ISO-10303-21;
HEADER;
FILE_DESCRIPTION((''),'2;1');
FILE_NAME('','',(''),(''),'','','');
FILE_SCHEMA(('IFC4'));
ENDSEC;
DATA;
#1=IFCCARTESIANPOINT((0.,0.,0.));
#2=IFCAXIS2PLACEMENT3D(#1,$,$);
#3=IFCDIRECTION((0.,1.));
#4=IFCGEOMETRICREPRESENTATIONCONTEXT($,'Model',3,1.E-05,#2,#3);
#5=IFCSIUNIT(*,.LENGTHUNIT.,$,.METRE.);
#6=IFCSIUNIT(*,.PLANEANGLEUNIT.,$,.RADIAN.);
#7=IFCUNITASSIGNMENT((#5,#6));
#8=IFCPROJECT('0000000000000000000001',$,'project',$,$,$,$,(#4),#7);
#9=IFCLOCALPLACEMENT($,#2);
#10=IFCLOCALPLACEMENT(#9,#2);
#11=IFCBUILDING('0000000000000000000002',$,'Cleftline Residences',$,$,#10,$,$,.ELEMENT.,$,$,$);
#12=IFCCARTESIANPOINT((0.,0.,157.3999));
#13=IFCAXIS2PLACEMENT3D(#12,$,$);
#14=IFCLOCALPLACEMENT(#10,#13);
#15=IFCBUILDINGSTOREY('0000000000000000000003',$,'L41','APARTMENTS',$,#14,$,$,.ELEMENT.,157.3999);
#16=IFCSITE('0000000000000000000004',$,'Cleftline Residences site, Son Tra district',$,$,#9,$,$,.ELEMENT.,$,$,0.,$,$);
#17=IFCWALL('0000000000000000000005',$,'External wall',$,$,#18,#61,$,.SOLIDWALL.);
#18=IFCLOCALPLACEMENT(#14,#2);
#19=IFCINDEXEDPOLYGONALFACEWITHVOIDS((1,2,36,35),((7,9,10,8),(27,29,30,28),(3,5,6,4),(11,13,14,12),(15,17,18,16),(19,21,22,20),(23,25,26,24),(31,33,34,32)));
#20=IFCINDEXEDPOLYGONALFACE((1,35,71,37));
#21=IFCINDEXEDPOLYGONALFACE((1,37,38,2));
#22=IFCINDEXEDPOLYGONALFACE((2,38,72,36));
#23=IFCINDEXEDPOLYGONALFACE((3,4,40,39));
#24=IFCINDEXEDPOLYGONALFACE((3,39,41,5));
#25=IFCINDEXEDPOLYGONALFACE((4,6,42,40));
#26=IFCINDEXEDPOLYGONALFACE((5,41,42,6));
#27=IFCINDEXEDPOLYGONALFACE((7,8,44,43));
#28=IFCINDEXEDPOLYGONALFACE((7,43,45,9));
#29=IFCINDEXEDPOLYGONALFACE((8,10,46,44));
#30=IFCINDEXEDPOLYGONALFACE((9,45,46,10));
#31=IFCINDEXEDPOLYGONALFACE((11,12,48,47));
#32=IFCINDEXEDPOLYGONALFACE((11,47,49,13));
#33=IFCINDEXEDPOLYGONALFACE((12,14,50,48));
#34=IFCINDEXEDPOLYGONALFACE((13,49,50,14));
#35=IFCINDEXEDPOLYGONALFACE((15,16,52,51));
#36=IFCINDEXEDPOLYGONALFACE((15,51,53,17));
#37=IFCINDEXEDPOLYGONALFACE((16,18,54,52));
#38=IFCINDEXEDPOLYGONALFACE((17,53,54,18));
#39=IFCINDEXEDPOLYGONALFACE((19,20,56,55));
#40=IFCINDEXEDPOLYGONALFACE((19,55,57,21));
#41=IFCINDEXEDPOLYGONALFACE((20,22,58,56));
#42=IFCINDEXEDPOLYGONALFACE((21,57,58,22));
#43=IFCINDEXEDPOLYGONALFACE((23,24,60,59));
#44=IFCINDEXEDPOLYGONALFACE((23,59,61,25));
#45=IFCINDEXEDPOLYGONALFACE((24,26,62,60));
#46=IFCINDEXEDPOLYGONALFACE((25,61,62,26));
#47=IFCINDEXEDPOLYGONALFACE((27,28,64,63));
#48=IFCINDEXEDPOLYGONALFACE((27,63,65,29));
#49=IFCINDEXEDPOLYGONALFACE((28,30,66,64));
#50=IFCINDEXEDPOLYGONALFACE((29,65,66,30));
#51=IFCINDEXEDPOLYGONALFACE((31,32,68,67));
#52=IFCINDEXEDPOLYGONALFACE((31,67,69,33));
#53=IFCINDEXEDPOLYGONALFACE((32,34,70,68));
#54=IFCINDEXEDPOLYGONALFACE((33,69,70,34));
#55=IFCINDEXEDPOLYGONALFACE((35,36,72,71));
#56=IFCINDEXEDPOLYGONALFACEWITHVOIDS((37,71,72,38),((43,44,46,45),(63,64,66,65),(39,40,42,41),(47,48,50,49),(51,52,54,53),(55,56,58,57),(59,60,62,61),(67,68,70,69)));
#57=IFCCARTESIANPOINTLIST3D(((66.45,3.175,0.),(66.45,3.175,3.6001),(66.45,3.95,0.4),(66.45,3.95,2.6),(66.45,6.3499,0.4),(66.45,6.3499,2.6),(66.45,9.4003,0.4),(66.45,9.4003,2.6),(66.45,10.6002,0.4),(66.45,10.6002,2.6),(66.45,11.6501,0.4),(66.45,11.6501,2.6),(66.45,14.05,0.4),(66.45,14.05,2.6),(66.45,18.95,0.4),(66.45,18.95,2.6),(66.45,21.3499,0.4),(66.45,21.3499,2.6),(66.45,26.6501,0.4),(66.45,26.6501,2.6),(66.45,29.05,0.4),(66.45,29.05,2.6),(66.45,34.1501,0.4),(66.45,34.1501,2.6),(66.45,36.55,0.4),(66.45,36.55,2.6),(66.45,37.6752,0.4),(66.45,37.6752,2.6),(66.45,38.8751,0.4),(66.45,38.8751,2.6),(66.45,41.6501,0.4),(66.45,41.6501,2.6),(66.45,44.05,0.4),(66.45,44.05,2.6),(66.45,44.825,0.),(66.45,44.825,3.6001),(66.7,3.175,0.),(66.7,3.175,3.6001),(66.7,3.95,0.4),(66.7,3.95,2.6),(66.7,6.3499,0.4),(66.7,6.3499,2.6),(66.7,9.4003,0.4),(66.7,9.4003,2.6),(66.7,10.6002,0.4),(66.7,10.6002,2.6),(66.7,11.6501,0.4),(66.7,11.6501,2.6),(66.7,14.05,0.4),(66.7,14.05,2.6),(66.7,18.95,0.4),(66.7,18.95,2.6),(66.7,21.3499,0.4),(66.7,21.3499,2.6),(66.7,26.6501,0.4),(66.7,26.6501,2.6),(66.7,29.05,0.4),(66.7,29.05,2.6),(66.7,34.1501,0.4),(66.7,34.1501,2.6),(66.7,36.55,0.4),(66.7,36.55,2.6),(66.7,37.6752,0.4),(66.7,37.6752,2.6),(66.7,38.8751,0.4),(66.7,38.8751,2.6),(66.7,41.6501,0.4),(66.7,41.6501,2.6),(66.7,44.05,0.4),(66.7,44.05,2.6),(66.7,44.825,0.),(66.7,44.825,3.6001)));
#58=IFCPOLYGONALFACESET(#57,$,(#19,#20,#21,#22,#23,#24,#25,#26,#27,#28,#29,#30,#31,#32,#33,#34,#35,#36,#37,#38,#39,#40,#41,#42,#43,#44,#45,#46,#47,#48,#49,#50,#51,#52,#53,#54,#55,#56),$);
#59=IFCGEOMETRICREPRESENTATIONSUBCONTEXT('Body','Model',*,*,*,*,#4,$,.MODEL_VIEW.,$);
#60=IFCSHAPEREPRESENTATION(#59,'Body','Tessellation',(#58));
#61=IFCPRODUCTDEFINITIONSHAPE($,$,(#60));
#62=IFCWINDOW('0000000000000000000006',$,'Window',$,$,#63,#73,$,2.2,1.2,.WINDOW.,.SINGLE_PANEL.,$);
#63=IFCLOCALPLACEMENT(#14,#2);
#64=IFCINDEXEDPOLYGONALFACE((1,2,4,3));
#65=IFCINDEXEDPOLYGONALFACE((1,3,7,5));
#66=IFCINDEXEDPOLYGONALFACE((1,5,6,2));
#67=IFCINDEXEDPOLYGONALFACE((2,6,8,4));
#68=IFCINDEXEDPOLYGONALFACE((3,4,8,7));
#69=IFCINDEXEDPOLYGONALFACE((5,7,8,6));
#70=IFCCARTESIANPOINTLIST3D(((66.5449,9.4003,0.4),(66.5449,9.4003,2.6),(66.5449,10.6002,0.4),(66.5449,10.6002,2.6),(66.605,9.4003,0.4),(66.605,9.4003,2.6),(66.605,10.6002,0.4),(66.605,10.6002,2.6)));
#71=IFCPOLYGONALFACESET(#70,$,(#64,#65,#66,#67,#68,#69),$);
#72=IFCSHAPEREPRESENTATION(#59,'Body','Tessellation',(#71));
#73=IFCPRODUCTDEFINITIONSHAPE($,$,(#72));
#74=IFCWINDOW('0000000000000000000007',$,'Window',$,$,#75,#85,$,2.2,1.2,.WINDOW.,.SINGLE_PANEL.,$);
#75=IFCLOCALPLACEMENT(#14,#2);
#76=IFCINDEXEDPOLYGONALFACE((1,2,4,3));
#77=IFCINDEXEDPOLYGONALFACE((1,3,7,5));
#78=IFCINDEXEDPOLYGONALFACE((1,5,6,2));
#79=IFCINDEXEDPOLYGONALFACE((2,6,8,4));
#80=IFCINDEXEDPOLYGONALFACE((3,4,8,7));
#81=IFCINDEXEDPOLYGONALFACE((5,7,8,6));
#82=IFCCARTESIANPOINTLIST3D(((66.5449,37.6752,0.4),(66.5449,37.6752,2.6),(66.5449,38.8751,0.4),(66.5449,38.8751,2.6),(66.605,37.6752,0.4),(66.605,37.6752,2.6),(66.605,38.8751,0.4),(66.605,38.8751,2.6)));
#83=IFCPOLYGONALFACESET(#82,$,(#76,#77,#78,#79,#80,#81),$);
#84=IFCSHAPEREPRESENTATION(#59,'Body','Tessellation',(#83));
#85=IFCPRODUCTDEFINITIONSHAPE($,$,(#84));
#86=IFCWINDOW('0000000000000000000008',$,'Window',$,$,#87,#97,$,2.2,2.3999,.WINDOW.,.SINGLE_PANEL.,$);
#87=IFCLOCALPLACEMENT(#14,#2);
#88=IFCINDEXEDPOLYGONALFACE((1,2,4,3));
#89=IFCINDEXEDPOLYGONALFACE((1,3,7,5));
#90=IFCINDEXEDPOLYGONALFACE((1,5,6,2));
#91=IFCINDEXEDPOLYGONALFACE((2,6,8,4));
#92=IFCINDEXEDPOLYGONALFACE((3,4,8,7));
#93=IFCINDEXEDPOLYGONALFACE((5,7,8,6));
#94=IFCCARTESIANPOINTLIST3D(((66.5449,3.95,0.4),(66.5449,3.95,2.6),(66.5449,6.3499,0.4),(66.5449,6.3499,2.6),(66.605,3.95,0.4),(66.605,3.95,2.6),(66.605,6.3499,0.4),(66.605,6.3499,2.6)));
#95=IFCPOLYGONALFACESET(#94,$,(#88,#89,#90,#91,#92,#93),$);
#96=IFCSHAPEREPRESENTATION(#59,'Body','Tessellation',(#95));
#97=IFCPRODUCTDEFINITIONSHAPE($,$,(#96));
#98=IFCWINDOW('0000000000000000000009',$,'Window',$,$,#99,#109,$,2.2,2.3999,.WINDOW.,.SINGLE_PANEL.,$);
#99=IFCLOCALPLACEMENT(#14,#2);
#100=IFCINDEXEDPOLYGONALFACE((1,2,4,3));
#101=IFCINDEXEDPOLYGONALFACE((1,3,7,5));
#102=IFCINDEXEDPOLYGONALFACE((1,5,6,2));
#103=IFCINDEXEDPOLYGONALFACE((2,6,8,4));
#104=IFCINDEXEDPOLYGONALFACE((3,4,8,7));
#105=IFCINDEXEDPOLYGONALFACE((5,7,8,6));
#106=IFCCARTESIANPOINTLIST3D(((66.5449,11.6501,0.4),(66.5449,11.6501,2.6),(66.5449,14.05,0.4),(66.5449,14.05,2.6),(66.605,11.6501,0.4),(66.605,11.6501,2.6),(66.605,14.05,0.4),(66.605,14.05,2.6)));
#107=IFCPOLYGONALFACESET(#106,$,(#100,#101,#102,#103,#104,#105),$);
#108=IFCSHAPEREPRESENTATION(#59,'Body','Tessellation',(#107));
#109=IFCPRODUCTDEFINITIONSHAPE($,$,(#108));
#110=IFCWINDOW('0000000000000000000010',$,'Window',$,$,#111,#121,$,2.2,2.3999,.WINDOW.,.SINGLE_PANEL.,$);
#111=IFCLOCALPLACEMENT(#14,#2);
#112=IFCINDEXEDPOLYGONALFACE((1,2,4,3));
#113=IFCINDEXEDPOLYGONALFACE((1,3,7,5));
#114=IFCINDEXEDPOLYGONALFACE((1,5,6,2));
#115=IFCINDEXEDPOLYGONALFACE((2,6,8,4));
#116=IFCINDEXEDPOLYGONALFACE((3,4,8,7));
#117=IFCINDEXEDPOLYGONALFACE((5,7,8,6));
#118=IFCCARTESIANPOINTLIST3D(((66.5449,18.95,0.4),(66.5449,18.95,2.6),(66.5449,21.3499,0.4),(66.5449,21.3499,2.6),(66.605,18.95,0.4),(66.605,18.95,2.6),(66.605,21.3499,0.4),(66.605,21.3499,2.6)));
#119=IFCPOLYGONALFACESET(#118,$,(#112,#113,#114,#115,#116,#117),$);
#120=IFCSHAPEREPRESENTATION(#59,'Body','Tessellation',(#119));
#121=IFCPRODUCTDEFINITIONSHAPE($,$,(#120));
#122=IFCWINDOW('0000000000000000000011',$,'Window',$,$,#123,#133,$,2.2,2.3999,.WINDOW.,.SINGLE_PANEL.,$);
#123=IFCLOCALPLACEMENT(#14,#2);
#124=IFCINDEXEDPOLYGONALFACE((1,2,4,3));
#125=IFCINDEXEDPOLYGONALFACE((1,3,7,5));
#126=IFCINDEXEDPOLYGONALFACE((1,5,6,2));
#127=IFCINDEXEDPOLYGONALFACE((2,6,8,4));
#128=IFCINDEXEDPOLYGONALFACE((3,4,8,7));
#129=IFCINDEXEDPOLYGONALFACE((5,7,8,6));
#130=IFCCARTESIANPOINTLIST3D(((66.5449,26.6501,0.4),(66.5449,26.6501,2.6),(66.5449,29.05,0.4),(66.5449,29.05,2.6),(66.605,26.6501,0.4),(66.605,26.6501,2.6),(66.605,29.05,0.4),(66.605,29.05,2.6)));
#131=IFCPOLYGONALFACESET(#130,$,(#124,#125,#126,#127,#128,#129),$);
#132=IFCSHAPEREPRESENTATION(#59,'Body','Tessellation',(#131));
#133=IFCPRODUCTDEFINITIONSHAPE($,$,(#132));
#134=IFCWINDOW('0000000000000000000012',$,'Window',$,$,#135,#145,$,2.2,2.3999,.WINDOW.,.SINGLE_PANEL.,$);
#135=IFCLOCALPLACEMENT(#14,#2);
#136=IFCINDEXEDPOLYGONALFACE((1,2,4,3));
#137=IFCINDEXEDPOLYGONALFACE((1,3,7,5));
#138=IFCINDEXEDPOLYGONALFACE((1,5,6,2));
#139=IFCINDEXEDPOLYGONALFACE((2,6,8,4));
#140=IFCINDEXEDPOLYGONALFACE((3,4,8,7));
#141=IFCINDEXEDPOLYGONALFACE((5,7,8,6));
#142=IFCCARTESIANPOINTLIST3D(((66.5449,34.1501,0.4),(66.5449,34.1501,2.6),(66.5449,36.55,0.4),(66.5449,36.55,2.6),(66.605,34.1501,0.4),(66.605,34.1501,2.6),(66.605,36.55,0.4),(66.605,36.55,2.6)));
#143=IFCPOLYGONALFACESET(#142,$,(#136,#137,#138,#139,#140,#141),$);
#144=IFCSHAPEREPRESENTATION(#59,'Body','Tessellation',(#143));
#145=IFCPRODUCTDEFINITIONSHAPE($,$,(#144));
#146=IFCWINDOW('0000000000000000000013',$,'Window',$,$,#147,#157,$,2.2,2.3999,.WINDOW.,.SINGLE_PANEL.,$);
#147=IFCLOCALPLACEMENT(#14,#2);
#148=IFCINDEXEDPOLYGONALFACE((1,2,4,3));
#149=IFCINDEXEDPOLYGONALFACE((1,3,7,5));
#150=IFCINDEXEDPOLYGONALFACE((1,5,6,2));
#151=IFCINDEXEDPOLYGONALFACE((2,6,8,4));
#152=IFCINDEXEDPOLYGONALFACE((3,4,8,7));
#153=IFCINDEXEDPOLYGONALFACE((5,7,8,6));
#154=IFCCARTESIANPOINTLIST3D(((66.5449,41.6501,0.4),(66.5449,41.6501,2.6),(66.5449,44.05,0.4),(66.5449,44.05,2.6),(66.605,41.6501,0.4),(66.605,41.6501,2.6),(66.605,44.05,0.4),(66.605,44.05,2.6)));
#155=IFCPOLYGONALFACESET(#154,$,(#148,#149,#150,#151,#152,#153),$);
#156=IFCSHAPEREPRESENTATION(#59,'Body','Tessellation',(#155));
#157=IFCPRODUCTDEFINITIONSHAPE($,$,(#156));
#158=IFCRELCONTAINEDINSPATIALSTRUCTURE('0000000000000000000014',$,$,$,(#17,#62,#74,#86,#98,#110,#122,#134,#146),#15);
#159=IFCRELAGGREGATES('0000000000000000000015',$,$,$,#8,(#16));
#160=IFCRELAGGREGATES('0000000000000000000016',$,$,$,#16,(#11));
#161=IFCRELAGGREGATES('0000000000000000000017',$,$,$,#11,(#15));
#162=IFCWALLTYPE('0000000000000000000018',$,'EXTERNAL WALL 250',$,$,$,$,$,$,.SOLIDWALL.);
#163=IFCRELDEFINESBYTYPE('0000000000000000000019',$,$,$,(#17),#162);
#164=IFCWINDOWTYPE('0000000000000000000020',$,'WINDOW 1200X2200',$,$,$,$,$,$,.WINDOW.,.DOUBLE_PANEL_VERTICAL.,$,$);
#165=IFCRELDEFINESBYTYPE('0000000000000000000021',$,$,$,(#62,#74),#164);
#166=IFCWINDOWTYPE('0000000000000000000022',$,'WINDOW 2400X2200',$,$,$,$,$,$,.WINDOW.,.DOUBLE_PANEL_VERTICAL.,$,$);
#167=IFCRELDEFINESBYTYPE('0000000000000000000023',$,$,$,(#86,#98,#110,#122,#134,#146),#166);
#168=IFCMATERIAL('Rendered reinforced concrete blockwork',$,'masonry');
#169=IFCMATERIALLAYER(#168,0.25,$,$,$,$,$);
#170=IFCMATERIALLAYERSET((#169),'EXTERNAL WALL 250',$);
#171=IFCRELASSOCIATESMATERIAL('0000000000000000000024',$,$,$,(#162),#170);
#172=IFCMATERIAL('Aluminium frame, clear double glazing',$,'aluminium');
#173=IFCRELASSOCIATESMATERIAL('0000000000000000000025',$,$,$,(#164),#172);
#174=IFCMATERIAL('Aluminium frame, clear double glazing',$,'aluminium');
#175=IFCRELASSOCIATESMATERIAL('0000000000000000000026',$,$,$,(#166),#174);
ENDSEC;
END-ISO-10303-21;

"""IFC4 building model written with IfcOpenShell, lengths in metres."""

from ifc_helpers import new_model, si_unit, direction, frame, frame_2d, origin, place, context, subcontext, project, spatial, rectangle, extrude, material, layer, layer_set, type_object, element, fill, save


model = new_model("IFC4")

# Units and contexts
model_context = context("Model", 3, precision=1e-05, world=origin(), true_north=direction((0.0, 1.0)))
body_context = subcontext(model_context, "Body", "Model", "MODEL_VIEW")
ifc_project = project(units=[si_unit("LENGTHUNIT", "METRE"), si_unit("PLANEANGLEUNIT", "RADIAN")], contexts=[model_context])

# Site, building, storey
site_placement = place(None, origin())
site = spatial("IfcSite", under=ifc_project, at=site_placement, Name="Cleftline Residences site, Son Tra district", CompositionType="ELEMENT", RefElevation=0.0)
building_placement = place(site_placement, origin())
building = spatial("IfcBuilding", under=site, at=building_placement, Name="Cleftline Residences", CompositionType="ELEMENT")
storey_placement = place(building_placement, frame((0.0, 0.0, 157.3999)))
storey = spatial("IfcBuildingStorey", under=building, at=storey_placement, Name="L41", Description="APARTMENTS", CompositionType="ELEMENT", Elevation=157.3999)

# Wall, openings, windows
ifc_material_1 = material(Name="Rendered reinforced concrete blockwork", Category="masonry")
ifc_layer_1 = layer(ifc_material_1, 0.25)
ifc_layer_set_1 = layer_set([ifc_layer_1], Name="EXTERNAL WALL 250")
wall_type = type_object("IfcWallType", Name="EXTERNAL WALL 250", PredefinedType="SOLIDWALL", material=ifc_layer_set_1)
wall_placement = place(storey_placement, frame((66.575, 3.175, 0.0), z_axis=(0.0, 0.0, 1.0), x_axis=(0.0, 1.0, 0.0)))
wall = element("IfcWall", 1, at=wall_placement, inside=storey, type_object=wall_type, Name="External wall", PredefinedType="SOLIDWALL", context=body_context, shape_type="SweptSolid", body=[
    extrude(rectangle(XDim=41.6499, YDim=0.25, at=frame_2d((20.825, 0.0))), origin(), (0.0, 0.0, 1.0), 3.6001),
])
opening_1_placement = place(wall_placement, frame((0.7749, 0.0, 0.3999)))
opening_1 = element("IfcOpeningElement", 2, at=opening_1_placement, cuts=wall, PredefinedType="OPENING", context=body_context, shape_type="SweptSolid", body=[
    extrude(rectangle(XDim=2.3999, YDim=2.2, at=frame_2d((1.2, 1.1001))), frame((0.0, 0.135, 0.0), z_axis=(0.0, -1.0, 0.0), x_axis=(1.0, 0.0, 0.0)), (0.0, 0.0, 1.0), 0.27),
])
opening_2_placement = place(wall_placement, frame((6.2251, 0.0, 0.3999)))
opening_2 = element("IfcOpeningElement", 3, at=opening_2_placement, cuts=wall, PredefinedType="OPENING", context=body_context, shape_type="SweptSolid", body=[
    extrude(rectangle(XDim=1.2, YDim=2.2, at=frame_2d((0.6001, 1.1001))), frame((0.0, 0.135, 0.0), z_axis=(0.0, -1.0, 0.0), x_axis=(1.0, 0.0, 0.0)), (0.0, 0.0, 1.0), 0.27),
])
opening_3_placement = place(wall_placement, frame((8.4751, 0.0, 0.3999)))
opening_3 = element("IfcOpeningElement", 4, at=opening_3_placement, cuts=wall, PredefinedType="OPENING", context=body_context, shape_type="SweptSolid", body=[
    extrude(rectangle(XDim=2.3999, YDim=2.2, at=frame_2d((1.2, 1.1001))), frame((0.0, 0.135, 0.0), z_axis=(0.0, -1.0, 0.0), x_axis=(1.0, 0.0, 0.0)), (0.0, 0.0, 1.0), 0.27),
])
opening_4_placement = place(wall_placement, frame((15.7749, 0.0, 0.3999)))
opening_4 = element("IfcOpeningElement", 5, at=opening_4_placement, cuts=wall, PredefinedType="OPENING", context=body_context, shape_type="SweptSolid", body=[
    extrude(rectangle(XDim=2.3999, YDim=2.2, at=frame_2d((1.2, 1.1001))), frame((0.0, 0.135, 0.0), z_axis=(0.0, -1.0, 0.0), x_axis=(1.0, 0.0, 0.0)), (0.0, 0.0, 1.0), 0.27),
])
opening_5_placement = place(wall_placement, frame((23.4751, 0.0, 0.3999)))
opening_5 = element("IfcOpeningElement", 6, at=opening_5_placement, cuts=wall, PredefinedType="OPENING", context=body_context, shape_type="SweptSolid", body=[
    extrude(rectangle(XDim=2.3999, YDim=2.2, at=frame_2d((1.2, 1.1001))), frame((0.0, 0.135, 0.0), z_axis=(0.0, -1.0, 0.0), x_axis=(1.0, 0.0, 0.0)), (0.0, 0.0, 1.0), 0.27),
])
opening_6_placement = place(wall_placement, frame((30.9751, 0.0, 0.3999)))
opening_6 = element("IfcOpeningElement", 7, at=opening_6_placement, cuts=wall, PredefinedType="OPENING", context=body_context, shape_type="SweptSolid", body=[
    extrude(rectangle(XDim=2.3999, YDim=2.2, at=frame_2d((1.2, 1.1001))), frame((0.0, 0.135, 0.0), z_axis=(0.0, -1.0, 0.0), x_axis=(1.0, 0.0, 0.0)), (0.0, 0.0, 1.0), 0.27),
])
opening_7_placement = place(wall_placement, frame((34.5, 0.0, 0.3999)))
opening_7 = element("IfcOpeningElement", 8, at=opening_7_placement, cuts=wall, PredefinedType="OPENING", context=body_context, shape_type="SweptSolid", body=[
    extrude(rectangle(XDim=1.2, YDim=2.2, at=frame_2d((0.6001, 1.1001))), frame((0.0, 0.135, 0.0), z_axis=(0.0, -1.0, 0.0), x_axis=(1.0, 0.0, 0.0)), (0.0, 0.0, 1.0), 0.27),
])
opening_8_placement = place(wall_placement, frame((38.4751, 0.0, 0.3999)))
opening_8 = element("IfcOpeningElement", 9, at=opening_8_placement, cuts=wall, PredefinedType="OPENING", context=body_context, shape_type="SweptSolid", body=[
    extrude(rectangle(XDim=2.3999, YDim=2.2, at=frame_2d((1.2, 1.1001))), frame((0.0, 0.135, 0.0), z_axis=(0.0, -1.0, 0.0), x_axis=(1.0, 0.0, 0.0)), (0.0, 0.0, 1.0), 0.27),
])
ifc_material_2 = material(Name="Aluminium frame, clear double glazing", Category="aluminium")
window_type_1 = type_object("IfcWindowType", Name="WINDOW 1200X2200", PartitioningType="DOUBLE_PANEL_VERTICAL", PredefinedType="WINDOW", material=ifc_material_2)
window_1_placement = place(opening_2_placement, origin())
window_1 = element("IfcWindow", 10, at=window_1_placement, inside=storey, type_object=window_type_1, Name="Window", OverallHeight=2.2, OverallWidth=1.2, PartitioningType="SINGLE_PANEL", PredefinedType="WINDOW", context=body_context, shape_type="SweptSolid", body=[
    extrude(rectangle(XDim=1.2, YDim=2.2, at=frame_2d((0.6001, 1.1001))), frame((0.0, 0.03, 0.0), z_axis=(0.0, -1.0, 0.0), x_axis=(1.0, 0.0, 0.0)), (0.0, 0.0, 1.0), 0.0601),
])
fill(opening_2, window_1)
window_2_placement = place(opening_7_placement, origin())
window_2 = element("IfcWindow", 11, at=window_2_placement, inside=storey, type_object=window_type_1, Name="Window", OverallHeight=2.2, OverallWidth=1.2, PartitioningType="SINGLE_PANEL", PredefinedType="WINDOW", context=body_context, shape_type="SweptSolid", body=[
    extrude(rectangle(XDim=1.2, YDim=2.2, at=frame_2d((0.6001, 1.1001))), frame((0.0, 0.03, 0.0), z_axis=(0.0, -1.0, 0.0), x_axis=(1.0, 0.0, 0.0)), (0.0, 0.0, 1.0), 0.0601),
])
fill(opening_7, window_2)
ifc_material_3 = material(Name="Aluminium frame, clear double glazing", Category="aluminium")
window_type_2 = type_object("IfcWindowType", Name="WINDOW 2400X2200", PartitioningType="DOUBLE_PANEL_VERTICAL", PredefinedType="WINDOW", material=ifc_material_3)
window_3_placement = place(opening_1_placement, origin())
window_3 = element("IfcWindow", 12, at=window_3_placement, inside=storey, type_object=window_type_2, Name="Window", OverallHeight=2.2, OverallWidth=2.3999, PartitioningType="SINGLE_PANEL", PredefinedType="WINDOW", context=body_context, shape_type="SweptSolid", body=[
    extrude(rectangle(XDim=2.3999, YDim=2.2, at=frame_2d((1.2, 1.1001))), frame((0.0, 0.03, 0.0), z_axis=(0.0, -1.0, 0.0), x_axis=(1.0, 0.0, 0.0)), (0.0, 0.0, 1.0), 0.0601),
])
fill(opening_1, window_3)
window_4_placement = place(opening_3_placement, origin())
window_4 = element("IfcWindow", 13, at=window_4_placement, inside=storey, type_object=window_type_2, Name="Window", OverallHeight=2.2, OverallWidth=2.3999, PartitioningType="SINGLE_PANEL", PredefinedType="WINDOW", context=body_context, shape_type="SweptSolid", body=[
    extrude(rectangle(XDim=2.3999, YDim=2.2, at=frame_2d((1.2, 1.1001))), frame((0.0, 0.03, 0.0), z_axis=(0.0, -1.0, 0.0), x_axis=(1.0, 0.0, 0.0)), (0.0, 0.0, 1.0), 0.0601),
])
fill(opening_3, window_4)
window_5_placement = place(opening_4_placement, origin())
window_5 = element("IfcWindow", 14, at=window_5_placement, inside=storey, type_object=window_type_2, Name="Window", OverallHeight=2.2, OverallWidth=2.3999, PartitioningType="SINGLE_PANEL", PredefinedType="WINDOW", context=body_context, shape_type="SweptSolid", body=[
    extrude(rectangle(XDim=2.3999, YDim=2.2, at=frame_2d((1.2, 1.1001))), frame((0.0, 0.03, 0.0), z_axis=(0.0, -1.0, 0.0), x_axis=(1.0, 0.0, 0.0)), (0.0, 0.0, 1.0), 0.0601),
])
fill(opening_4, window_5)
window_6_placement = place(opening_5_placement, origin())
window_6 = element("IfcWindow", 15, at=window_6_placement, inside=storey, type_object=window_type_2, Name="Window", OverallHeight=2.2, OverallWidth=2.3999, PartitioningType="SINGLE_PANEL", PredefinedType="WINDOW", context=body_context, shape_type="SweptSolid", body=[
    extrude(rectangle(XDim=2.3999, YDim=2.2, at=frame_2d((1.2, 1.1001))), frame((0.0, 0.03, 0.0), z_axis=(0.0, -1.0, 0.0), x_axis=(1.0, 0.0, 0.0)), (0.0, 0.0, 1.0), 0.0601),
])
fill(opening_5, window_6)
window_7_placement = place(opening_6_placement, origin())
window_7 = element("IfcWindow", 16, at=window_7_placement, inside=storey, type_object=window_type_2, Name="Window", OverallHeight=2.2, OverallWidth=2.3999, PartitioningType="SINGLE_PANEL", PredefinedType="WINDOW", context=body_context, shape_type="SweptSolid", body=[
    extrude(rectangle(XDim=2.3999, YDim=2.2, at=frame_2d((1.2, 1.1001))), frame((0.0, 0.03, 0.0), z_axis=(0.0, -1.0, 0.0), x_axis=(1.0, 0.0, 0.0)), (0.0, 0.0, 1.0), 0.0601),
])
fill(opening_6, window_7)
window_8_placement = place(opening_8_placement, origin())
window_8 = element("IfcWindow", 17, at=window_8_placement, inside=storey, type_object=window_type_2, Name="Window", OverallHeight=2.2, OverallWidth=2.3999, PartitioningType="SINGLE_PANEL", PredefinedType="WINDOW", context=body_context, shape_type="SweptSolid", body=[
    extrude(rectangle(XDim=2.3999, YDim=2.2, at=frame_2d((1.2, 1.1001))), frame((0.0, 0.03, 0.0), z_axis=(0.0, -1.0, 0.0), x_axis=(1.0, 0.0, 0.0)), (0.0, 0.0, 1.0), 0.0601),
])
fill(opening_8, window_8)

save(model, "model.ifc")
